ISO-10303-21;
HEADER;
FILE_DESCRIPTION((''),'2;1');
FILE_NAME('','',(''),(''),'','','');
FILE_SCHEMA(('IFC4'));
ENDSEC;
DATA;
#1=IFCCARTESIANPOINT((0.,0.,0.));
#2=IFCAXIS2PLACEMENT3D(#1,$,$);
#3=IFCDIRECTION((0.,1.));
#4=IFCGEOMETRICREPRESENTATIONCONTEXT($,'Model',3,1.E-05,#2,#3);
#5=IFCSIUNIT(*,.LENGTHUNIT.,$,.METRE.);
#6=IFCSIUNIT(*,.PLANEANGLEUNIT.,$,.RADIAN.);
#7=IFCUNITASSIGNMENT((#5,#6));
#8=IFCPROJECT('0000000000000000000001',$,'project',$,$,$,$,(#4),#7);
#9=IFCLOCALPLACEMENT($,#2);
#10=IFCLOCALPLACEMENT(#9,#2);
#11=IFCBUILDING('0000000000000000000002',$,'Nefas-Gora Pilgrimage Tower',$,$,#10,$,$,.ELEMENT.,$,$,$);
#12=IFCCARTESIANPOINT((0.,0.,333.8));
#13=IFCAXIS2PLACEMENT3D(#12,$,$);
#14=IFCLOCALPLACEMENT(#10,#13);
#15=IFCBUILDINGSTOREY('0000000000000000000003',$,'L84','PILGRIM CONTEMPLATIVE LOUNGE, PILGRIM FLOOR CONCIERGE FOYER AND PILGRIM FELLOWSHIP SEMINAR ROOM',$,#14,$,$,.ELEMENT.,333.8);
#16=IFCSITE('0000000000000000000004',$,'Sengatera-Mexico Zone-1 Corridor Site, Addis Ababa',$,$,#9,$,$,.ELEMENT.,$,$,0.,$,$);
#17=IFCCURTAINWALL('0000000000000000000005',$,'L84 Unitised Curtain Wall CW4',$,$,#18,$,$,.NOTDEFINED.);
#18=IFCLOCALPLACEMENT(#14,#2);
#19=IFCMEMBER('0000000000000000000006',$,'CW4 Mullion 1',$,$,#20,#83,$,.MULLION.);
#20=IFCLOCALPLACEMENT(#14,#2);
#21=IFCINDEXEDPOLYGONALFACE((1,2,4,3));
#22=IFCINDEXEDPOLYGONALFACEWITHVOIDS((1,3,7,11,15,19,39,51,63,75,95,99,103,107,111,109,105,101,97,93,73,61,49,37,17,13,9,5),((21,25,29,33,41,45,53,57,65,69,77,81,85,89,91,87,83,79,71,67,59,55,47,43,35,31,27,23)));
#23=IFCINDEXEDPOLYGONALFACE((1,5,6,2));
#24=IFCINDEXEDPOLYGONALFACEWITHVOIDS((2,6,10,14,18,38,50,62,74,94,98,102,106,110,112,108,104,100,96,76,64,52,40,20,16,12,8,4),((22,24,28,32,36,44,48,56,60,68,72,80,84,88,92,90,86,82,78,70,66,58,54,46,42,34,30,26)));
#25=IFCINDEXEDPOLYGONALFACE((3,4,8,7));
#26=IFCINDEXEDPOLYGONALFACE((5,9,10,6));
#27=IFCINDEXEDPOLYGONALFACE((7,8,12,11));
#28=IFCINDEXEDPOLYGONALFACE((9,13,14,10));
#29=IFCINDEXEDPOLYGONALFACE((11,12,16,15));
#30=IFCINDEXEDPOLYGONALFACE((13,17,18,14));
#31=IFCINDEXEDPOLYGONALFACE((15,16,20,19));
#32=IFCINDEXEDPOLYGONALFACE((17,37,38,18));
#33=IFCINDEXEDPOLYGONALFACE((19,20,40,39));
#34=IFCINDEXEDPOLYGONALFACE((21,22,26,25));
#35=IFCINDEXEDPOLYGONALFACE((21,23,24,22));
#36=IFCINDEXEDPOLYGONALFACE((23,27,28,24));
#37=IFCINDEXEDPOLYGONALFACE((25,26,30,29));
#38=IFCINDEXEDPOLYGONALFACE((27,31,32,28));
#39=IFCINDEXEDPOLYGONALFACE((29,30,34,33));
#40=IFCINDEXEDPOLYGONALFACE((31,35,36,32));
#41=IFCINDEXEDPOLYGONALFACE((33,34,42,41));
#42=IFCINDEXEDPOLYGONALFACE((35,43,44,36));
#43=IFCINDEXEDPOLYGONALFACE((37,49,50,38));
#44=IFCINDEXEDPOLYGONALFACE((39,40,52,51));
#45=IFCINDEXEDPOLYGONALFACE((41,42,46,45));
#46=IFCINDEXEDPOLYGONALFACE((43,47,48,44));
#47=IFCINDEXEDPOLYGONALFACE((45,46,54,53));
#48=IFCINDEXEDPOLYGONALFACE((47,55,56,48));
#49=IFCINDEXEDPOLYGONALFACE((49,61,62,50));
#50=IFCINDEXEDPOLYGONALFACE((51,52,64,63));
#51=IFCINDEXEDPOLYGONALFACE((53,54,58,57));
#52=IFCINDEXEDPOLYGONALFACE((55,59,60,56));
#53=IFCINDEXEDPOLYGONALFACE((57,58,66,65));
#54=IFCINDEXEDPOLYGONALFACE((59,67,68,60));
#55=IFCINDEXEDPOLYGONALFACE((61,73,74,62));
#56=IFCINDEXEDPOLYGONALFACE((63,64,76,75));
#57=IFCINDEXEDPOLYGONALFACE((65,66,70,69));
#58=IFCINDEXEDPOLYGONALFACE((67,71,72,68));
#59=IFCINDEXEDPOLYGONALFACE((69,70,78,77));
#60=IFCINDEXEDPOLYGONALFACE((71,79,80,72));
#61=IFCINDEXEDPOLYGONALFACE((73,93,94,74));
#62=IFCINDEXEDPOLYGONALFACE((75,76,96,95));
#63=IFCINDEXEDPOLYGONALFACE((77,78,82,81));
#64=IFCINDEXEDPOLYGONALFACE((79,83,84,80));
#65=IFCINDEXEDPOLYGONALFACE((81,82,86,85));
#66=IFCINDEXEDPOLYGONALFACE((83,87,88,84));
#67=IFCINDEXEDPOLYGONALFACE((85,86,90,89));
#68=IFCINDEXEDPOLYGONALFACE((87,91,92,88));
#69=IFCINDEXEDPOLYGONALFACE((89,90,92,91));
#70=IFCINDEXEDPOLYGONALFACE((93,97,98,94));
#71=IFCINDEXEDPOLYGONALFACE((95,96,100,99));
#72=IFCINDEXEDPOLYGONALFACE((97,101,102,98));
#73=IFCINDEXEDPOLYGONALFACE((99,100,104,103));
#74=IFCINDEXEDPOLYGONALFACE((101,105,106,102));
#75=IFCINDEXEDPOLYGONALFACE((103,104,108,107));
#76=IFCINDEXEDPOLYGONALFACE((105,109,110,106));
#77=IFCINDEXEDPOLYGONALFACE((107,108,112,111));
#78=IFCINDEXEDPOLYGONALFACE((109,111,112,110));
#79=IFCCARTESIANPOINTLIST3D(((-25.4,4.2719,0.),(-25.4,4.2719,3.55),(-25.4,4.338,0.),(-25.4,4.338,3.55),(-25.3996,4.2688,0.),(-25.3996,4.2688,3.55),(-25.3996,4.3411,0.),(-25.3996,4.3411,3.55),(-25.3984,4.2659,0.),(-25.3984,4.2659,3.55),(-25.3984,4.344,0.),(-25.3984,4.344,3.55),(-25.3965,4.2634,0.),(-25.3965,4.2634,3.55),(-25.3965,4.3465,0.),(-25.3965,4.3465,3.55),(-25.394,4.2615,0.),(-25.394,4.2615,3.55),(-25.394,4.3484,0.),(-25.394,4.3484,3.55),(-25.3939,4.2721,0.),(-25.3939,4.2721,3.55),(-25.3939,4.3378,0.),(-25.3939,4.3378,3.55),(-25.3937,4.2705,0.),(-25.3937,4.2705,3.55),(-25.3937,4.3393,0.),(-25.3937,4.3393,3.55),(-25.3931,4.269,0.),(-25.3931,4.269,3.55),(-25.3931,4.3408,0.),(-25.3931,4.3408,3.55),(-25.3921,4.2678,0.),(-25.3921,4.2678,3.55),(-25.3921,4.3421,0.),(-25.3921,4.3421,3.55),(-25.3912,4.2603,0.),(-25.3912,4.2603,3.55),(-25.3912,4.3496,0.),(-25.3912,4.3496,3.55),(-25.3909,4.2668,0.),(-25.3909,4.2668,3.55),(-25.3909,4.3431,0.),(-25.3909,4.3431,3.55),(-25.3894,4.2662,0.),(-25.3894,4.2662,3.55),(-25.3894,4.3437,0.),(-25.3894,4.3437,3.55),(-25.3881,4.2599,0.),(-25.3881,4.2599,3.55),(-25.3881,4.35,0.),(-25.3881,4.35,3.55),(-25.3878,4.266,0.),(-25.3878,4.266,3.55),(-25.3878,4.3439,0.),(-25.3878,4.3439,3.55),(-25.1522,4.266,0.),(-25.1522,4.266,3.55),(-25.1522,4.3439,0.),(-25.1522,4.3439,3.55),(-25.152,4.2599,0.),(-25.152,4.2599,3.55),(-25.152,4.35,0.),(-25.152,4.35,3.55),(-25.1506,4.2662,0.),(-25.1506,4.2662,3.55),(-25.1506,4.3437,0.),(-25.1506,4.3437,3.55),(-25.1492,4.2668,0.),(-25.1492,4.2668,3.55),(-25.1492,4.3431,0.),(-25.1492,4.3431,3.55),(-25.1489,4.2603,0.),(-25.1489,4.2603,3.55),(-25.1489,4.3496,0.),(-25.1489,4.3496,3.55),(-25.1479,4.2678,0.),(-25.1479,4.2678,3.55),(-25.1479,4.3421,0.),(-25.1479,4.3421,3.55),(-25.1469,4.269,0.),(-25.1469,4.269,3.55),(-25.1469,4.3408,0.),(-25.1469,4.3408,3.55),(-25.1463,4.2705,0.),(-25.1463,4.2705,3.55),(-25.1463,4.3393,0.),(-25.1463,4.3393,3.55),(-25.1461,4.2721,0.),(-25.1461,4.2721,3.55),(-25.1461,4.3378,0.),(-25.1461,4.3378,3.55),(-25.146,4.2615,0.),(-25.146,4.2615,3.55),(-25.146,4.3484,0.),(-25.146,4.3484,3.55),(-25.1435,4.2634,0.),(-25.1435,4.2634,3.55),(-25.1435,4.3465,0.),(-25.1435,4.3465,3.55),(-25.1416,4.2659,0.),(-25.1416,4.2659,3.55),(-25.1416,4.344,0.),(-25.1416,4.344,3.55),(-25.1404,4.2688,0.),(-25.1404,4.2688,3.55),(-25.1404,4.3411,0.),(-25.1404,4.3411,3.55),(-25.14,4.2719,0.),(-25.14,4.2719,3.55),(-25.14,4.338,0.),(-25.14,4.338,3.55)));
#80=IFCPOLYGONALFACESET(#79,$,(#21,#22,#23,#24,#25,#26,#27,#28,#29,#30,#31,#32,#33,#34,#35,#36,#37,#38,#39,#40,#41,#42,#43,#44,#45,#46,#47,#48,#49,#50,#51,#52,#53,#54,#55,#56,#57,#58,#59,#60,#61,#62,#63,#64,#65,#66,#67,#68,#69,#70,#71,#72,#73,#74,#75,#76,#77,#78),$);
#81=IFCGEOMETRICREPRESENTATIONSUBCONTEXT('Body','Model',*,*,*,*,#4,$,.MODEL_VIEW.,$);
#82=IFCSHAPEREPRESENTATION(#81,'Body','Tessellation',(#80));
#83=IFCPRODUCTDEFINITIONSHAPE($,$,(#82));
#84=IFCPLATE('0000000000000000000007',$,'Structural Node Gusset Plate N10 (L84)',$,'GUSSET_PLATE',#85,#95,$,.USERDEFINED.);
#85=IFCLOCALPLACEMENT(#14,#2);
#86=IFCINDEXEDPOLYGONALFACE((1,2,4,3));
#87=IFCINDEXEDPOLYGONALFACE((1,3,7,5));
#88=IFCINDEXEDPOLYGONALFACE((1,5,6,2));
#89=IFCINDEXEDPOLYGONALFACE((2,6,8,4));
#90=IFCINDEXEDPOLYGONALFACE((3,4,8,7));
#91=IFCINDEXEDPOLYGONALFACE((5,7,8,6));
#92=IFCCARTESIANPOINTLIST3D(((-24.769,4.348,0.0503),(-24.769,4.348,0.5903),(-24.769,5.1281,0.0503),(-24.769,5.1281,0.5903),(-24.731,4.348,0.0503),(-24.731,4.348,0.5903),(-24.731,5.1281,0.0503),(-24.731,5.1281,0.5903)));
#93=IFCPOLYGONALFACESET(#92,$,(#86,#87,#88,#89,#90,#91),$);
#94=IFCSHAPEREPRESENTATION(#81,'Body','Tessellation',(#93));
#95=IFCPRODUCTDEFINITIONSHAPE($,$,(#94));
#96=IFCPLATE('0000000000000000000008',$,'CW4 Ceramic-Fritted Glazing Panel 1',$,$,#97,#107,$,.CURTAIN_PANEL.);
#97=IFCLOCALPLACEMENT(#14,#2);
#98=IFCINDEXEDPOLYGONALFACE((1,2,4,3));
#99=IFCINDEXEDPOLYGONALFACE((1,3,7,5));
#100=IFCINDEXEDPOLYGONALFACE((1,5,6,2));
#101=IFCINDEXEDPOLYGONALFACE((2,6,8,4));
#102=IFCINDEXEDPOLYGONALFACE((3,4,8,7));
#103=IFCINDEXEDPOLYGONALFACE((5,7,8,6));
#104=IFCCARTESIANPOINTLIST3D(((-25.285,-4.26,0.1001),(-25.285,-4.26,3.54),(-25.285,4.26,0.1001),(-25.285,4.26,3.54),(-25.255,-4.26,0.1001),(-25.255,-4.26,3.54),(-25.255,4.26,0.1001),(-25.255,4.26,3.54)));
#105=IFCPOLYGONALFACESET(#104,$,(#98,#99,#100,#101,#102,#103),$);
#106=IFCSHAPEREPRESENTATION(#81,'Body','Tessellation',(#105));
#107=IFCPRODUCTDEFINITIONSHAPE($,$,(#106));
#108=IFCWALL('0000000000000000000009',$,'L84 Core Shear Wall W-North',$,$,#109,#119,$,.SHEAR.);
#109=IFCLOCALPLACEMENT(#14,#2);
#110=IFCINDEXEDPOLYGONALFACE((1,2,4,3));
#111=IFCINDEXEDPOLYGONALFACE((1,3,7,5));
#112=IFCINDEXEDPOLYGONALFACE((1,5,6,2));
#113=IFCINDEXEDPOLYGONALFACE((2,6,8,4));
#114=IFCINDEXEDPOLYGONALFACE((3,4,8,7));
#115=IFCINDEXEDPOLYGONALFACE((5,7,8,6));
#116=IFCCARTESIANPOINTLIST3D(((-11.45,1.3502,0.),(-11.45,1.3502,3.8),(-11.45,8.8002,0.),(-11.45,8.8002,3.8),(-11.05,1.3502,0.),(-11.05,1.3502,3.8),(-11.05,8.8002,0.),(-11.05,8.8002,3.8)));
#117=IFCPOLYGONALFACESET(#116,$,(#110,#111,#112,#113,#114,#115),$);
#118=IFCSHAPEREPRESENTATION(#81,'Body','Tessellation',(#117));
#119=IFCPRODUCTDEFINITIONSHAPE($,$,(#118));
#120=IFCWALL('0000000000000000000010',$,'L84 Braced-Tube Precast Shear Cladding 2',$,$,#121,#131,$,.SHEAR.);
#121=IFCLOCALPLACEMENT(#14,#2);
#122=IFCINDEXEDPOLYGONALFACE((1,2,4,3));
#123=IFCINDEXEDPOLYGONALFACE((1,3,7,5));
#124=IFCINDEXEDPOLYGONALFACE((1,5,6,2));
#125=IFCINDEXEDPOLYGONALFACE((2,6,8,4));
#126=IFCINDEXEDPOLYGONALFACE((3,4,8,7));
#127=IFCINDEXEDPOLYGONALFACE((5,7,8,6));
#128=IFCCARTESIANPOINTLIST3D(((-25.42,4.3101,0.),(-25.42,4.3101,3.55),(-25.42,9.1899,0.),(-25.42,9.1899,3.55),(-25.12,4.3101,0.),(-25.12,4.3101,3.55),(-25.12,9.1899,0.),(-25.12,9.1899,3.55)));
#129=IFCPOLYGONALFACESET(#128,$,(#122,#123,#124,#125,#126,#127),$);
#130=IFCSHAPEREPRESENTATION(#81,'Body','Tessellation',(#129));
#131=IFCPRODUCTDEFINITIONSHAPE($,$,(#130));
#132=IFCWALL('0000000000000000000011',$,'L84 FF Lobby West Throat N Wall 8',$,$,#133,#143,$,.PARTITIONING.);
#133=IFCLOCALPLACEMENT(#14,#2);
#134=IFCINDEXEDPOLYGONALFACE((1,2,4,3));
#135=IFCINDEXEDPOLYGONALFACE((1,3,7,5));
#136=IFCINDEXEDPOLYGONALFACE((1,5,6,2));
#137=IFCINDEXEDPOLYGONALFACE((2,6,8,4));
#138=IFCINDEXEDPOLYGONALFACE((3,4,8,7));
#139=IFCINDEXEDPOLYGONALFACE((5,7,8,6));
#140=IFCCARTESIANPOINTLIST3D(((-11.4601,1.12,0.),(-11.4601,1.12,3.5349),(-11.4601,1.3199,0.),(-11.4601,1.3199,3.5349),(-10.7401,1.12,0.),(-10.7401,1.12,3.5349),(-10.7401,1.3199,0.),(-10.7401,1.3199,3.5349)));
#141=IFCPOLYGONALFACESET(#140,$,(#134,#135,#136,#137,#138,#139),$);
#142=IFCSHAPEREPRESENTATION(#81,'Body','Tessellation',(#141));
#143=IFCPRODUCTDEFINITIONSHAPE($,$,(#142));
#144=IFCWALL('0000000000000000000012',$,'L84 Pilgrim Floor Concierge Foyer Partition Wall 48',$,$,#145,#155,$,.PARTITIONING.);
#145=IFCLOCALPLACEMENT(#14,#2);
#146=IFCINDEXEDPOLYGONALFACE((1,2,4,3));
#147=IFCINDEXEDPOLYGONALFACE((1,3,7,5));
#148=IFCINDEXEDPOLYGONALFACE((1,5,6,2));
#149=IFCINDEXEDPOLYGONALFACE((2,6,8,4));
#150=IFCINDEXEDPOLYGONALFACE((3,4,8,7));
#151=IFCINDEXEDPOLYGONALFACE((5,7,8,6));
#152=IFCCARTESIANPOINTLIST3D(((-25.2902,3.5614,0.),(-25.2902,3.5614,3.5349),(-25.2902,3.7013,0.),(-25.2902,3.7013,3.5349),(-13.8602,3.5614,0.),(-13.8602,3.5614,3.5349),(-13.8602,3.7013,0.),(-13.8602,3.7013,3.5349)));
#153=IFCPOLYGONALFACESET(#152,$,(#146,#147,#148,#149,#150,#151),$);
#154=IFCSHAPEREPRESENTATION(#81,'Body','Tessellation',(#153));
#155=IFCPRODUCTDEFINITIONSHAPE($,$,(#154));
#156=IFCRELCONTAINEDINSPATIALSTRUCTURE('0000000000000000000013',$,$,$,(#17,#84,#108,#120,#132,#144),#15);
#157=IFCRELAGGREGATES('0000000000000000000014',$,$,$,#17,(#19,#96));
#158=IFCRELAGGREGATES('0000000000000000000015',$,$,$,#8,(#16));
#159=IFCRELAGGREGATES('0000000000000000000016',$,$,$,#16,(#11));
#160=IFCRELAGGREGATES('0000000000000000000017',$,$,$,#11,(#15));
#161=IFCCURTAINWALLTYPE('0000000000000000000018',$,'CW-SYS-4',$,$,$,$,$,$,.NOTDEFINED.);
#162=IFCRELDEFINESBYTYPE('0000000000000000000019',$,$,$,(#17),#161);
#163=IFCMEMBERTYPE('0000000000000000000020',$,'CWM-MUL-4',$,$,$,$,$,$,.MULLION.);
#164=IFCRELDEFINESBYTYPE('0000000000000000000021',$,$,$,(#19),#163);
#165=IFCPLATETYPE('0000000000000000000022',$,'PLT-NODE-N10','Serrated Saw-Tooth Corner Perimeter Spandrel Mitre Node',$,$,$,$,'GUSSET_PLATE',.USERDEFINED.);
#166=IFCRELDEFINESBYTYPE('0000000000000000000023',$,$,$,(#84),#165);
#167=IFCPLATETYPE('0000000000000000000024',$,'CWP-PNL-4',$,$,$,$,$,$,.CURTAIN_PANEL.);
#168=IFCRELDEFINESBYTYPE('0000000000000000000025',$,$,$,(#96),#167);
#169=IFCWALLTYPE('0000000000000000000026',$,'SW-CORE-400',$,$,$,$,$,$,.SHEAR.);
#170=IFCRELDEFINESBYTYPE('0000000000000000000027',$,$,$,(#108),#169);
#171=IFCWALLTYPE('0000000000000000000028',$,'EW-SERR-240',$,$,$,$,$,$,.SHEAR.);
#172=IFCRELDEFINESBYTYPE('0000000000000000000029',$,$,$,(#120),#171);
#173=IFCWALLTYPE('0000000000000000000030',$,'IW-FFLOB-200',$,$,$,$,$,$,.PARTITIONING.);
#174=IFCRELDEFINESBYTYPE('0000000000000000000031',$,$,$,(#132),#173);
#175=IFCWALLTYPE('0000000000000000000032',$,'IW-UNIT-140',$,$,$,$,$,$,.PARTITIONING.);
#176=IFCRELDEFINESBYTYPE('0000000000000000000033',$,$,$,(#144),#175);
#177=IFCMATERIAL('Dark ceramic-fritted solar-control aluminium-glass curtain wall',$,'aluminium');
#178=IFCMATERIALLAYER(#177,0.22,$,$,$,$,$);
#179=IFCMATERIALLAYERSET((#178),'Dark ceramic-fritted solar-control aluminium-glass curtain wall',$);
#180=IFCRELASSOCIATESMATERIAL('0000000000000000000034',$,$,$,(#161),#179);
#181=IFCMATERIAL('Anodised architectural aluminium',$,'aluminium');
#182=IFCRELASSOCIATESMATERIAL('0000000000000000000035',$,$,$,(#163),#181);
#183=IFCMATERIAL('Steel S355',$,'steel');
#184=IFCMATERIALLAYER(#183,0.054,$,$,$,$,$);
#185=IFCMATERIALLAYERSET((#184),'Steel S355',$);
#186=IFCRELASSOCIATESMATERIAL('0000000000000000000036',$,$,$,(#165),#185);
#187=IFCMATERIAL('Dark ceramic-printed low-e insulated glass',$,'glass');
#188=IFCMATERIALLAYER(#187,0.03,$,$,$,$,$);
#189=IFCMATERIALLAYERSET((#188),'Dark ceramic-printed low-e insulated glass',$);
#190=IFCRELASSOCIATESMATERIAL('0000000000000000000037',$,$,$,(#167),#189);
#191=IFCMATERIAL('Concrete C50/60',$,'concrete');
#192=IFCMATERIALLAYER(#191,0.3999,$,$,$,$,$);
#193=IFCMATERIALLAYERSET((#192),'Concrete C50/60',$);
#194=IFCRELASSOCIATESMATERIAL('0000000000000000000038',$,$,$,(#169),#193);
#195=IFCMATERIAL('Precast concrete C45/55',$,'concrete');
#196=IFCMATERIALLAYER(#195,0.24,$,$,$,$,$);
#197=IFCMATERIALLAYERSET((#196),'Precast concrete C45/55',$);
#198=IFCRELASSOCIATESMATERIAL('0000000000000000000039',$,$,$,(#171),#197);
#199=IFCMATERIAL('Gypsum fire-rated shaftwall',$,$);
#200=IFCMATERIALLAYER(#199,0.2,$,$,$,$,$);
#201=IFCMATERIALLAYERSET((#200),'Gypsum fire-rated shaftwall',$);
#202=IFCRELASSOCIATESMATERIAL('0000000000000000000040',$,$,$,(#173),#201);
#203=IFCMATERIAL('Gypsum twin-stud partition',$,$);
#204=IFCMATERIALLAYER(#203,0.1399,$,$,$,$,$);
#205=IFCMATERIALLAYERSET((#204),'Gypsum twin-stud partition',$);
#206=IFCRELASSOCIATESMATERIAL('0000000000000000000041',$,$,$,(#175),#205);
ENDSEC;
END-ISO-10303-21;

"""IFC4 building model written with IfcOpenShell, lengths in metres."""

from ifc_helpers import new_model, si_unit, direction, frame, frame_2d, origin, origin_2d, place, context, subcontext, project, spatial, rectangle, hollow_rectangle, extrude, source, transform, mapped, material, layer, layer_set, material_profile, profile_set, type_object, element, aggregate, save


model = new_model("IFC4")

# Units and contexts
model_context = context("Model", 3, precision=1e-05, world=origin(), true_north=direction((0.0, 1.0)))
body_context = subcontext(model_context, "Body", "Model", "MODEL_VIEW")
ifc_project = project(units=[si_unit("LENGTHUNIT", "METRE"), si_unit("PLANEANGLEUNIT", "RADIAN")], contexts=[model_context])

# Site, building, storey
site_placement = place(None, origin())
site = spatial("IfcSite", under=ifc_project, at=site_placement, Name="Sengatera-Mexico Zone-1 Corridor Site, Addis Ababa", CompositionType="ELEMENT", RefElevation=0.0)
building_placement = place(site_placement, origin())
building = spatial("IfcBuilding", under=site, at=building_placement, Name="Nefas-Gora Pilgrimage Tower", CompositionType="ELEMENT")
storey_placement = place(building_placement, frame((0.0, 0.0, 333.8)))
storey = spatial("IfcBuildingStorey", under=building, at=storey_placement, Name="L84", Description="PILGRIM CONTEMPLATIVE LOUNGE, PILGRIM FLOOR CONCIERGE FOYER AND PILGRIM FELLOWSHIP SEMINAR ROOM", CompositionType="ELEMENT", Elevation=333.8)

# Shared definitions
ifc_material_1 = material(Name="Steel S355", Category="steel")

# Curtain wall, member
ifc_material_2 = material(Name="Dark ceramic-fritted solar-control aluminium-glass curtain wall", Category="aluminium")
ifc_layer_1 = layer(ifc_material_2, 0.22)
ifc_layer_set_1 = layer_set([ifc_layer_1], Name="Dark ceramic-fritted solar-control aluminium-glass curtain wall")
curtain_wall_type = type_object("IfcCurtainWallType", Name="CW-SYS-4", PredefinedType="NOTDEFINED", material=ifc_layer_set_1)
curtain_wall_placement = place(storey_placement, origin())
curtain_wall = element("IfcCurtainWall", 1, at=curtain_wall_placement, inside=storey, type_object=curtain_wall_type, Name="L84 Unitised Curtain Wall CW4", PredefinedType="NOTDEFINED")
ifc_material_3 = material(Name="Anodised architectural aluminium", Category="aluminium")
ifc_material_profile_1 = material_profile(ifc_material_3, hollow_rectangle(XDim=0.0901, YDim=0.26, WallThickness=0.0061, InnerFilletRadius=0.0061, OuterFilletRadius=0.012, at=origin_2d()), Name="ALU MULLION 90x260")
ifc_profile_set_1 = profile_set([ifc_material_profile_1], Name="Anodised architectural aluminium")
member_type_1 = type_object("IfcMemberType", Name="CWM-MUL-4", PredefinedType="MULLION", material=ifc_profile_set_1)
shared_shape_1 = source(origin(), body_context, "Body", "SweptSolid", [
    extrude(hollow_rectangle(XDim=0.0901, YDim=0.26, WallThickness=0.0061, InnerFilletRadius=0.0061, OuterFilletRadius=0.012, at=origin_2d()), origin(), (0.0, 0.0, 1.0), 3.55),
])
member_1_placement = place(storey_placement, frame((-25.27, 4.3049, 0.0), z_axis=(0.0, 0.0, 1.0), x_axis=(0.0, -1.0, 0.0)))
member_1 = element("IfcMember", 2, at=member_1_placement, type_object=member_type_1, Name="CW4 Mullion 1", PredefinedType="MULLION", context=body_context, shape_type="MappedRepresentation", body=[
    mapped(shared_shape_1, transform((0.0, 0.0, 0.0), x_axis=(1.0, 0.0, 0.0), y_axis=(0.0, 1.0, 0.0), z_axis=(0.0, 0.0, 1.0), scale=1.0)),
])

# Plates
ifc_layer_2 = layer(ifc_material_1, 0.054)
ifc_layer_set_2 = layer_set([ifc_layer_2], Name="Steel S355")
plate_type_1 = type_object("IfcPlateType", Name="PLT-NODE-N10", Description="Serrated Saw-Tooth Corner Perimeter Spandrel Mitre Node", ElementType="GUSSET_PLATE", PredefinedType="USERDEFINED", material=ifc_layer_set_2)
shared_shape_2 = source(origin(), body_context, "Body", "SweptSolid", [
    extrude(rectangle(XDim=0.78, YDim=0.0381, at=origin_2d()), origin(), (0.0, 0.0, 1.0), 0.54),
])
plate_1_placement = place(storey_placement, frame((-24.75, 4.738, 0.0503), z_axis=(0.0, 0.0, 1.0), x_axis=(0.0, 1.0, 0.0)))
element("IfcPlate", 3, at=plate_1_placement, inside=storey, type_object=plate_type_1, Name="Structural Node Gusset Plate N10 (L84)", ObjectType="GUSSET_PLATE", PredefinedType="USERDEFINED", context=body_context, shape_type="MappedRepresentation", body=[
    mapped(shared_shape_2, transform((0.0, 0.0, 0.0), x_axis=(1.0, 0.0, 0.0), y_axis=(0.0, 1.0, 0.0), z_axis=(0.0, 0.0, 1.0), scale=1.0)),
])
ifc_material_4 = material(Name="Dark ceramic-printed low-e insulated glass", Category="glass")
ifc_layer_3 = layer(ifc_material_4, 0.03)
ifc_layer_set_3 = layer_set([ifc_layer_3], Name="Dark ceramic-printed low-e insulated glass")
plate_type_2 = type_object("IfcPlateType", Name="CWP-PNL-4", PredefinedType="CURTAIN_PANEL", material=ifc_layer_set_3)
shared_shape_3 = source(origin(), body_context, "Body", "SweptSolid", [
    extrude(rectangle(XDim=8.52, YDim=0.03, at=origin_2d()), origin(), (0.0, 0.0, 1.0), 3.4399),
])
plate_2_placement = place(storey_placement, frame((-25.27, 0.0, 0.1001), z_axis=(0.0, 0.0, 1.0), x_axis=(0.0, -1.0, 0.0)))
plate_2 = element("IfcPlate", 4, at=plate_2_placement, type_object=plate_type_2, Name="CW4 Ceramic-Fritted Glazing Panel 1", PredefinedType="CURTAIN_PANEL", context=body_context, shape_type="MappedRepresentation", body=[
    mapped(shared_shape_3, transform((0.0, 0.0, 0.0), x_axis=(1.0, 0.0, 0.0), y_axis=(0.0, 1.0, 0.0), z_axis=(0.0, 0.0, 1.0), scale=1.0)),
])
aggregate(curtain_wall, [member_1, plate_2])

# Walls
ifc_material_5 = material(Name="Concrete C50/60", Category="concrete")
ifc_layer_4 = layer(ifc_material_5, 0.3999)
ifc_layer_set_4 = layer_set([ifc_layer_4], Name="Concrete C50/60")
wall_type_1 = type_object("IfcWallType", Name="SW-CORE-400", PredefinedType="SHEAR", material=ifc_layer_set_4)
shared_shape_4 = source(origin(), body_context, "Body", "SweptSolid", [
    extrude(rectangle(XDim=7.45, YDim=0.3999, at=frame_2d((3.7251, 0.0))), origin(), (0.0, 0.0, 1.0), 3.8),
])
wall_1_placement = place(storey_placement, frame((-11.25, 1.3501, 0.0), z_axis=(0.0, 0.0, 1.0), x_axis=(0.0, 1.0, 0.0)))
element("IfcWall", 5, at=wall_1_placement, inside=storey, type_object=wall_type_1, Name="L84 Core Shear Wall W-North", PredefinedType="SHEAR", context=body_context, shape_type="MappedRepresentation", body=[
    mapped(shared_shape_4, transform((0.0, 0.0, 0.0), x_axis=(1.0, 0.0, 0.0), y_axis=(0.0, 1.0, 0.0), z_axis=(0.0, 0.0, 1.0), scale=1.0)),
])
ifc_material_6 = material(Name="Precast concrete C45/55", Category="concrete")
ifc_layer_5 = layer(ifc_material_6, 0.24)
ifc_layer_set_5 = layer_set([ifc_layer_5], Name="Precast concrete C45/55")
wall_type_2 = type_object("IfcWallType", Name="EW-SERR-240", PredefinedType="SHEAR", material=ifc_layer_set_5)
shared_shape_5 = source(origin(), body_context, "Body", "SweptSolid", [
    extrude(rectangle(XDim=4.8799, YDim=0.3, at=frame_2d((2.4399, 0.0))), origin(), (0.0, 0.0, 1.0), 3.55),
])
wall_2_placement = place(storey_placement, frame((-25.27, 4.3101, 0.0), z_axis=(0.0, 0.0, 1.0), x_axis=(0.0, 1.0, 0.0)))
element("IfcWall", 6, at=wall_2_placement, inside=storey, type_object=wall_type_2, Name="L84 Braced-Tube Precast Shear Cladding 2", PredefinedType="SHEAR", context=body_context, shape_type="MappedRepresentation", body=[
    mapped(shared_shape_5, transform((0.0, 0.0, 0.0), x_axis=(1.0, 0.0, 0.0), y_axis=(0.0, 1.0, 0.0), z_axis=(0.0, 0.0, 1.0), scale=1.0)),
])
ifc_material_7 = material(Name="Gypsum fire-rated shaftwall")
ifc_layer_6 = layer(ifc_material_7, 0.2)
ifc_layer_set_6 = layer_set([ifc_layer_6], Name="Gypsum fire-rated shaftwall")
wall_type_3 = type_object("IfcWallType", Name="IW-FFLOB-200", PredefinedType="PARTITIONING", material=ifc_layer_set_6)
shared_shape_6 = source(origin(), body_context, "Body", "SweptSolid", [
    extrude(rectangle(XDim=0.72, YDim=0.2, at=frame_2d((0.3599, 0.0))), origin(), (0.0, 0.0, 1.0), 3.5349),
])
wall_3_placement = place(storey_placement, frame((-11.46, 1.22, 0.0), z_axis=(0.0, 0.0, 1.0), x_axis=(1.0, 0.0, 0.0)))
element("IfcWall", 7, at=wall_3_placement, inside=storey, type_object=wall_type_3, Name="L84 FF Lobby West Throat N Wall 8", PredefinedType="PARTITIONING", context=body_context, shape_type="MappedRepresentation", body=[
    mapped(shared_shape_6, transform((0.0, 0.0, 0.0), x_axis=(1.0, 0.0, 0.0), y_axis=(0.0, 1.0, 0.0), z_axis=(0.0, 0.0, 1.0), scale=1.0)),
])
ifc_material_8 = material(Name="Gypsum twin-stud partition")
ifc_layer_7 = layer(ifc_material_8, 0.1399)
ifc_layer_set_7 = layer_set([ifc_layer_7], Name="Gypsum twin-stud partition")
wall_type_4 = type_object("IfcWallType", Name="IW-UNIT-140", PredefinedType="PARTITIONING", material=ifc_layer_set_7)
shared_shape_7 = source(origin(), body_context, "Body", "SweptSolid", [
    extrude(rectangle(XDim=11.4299, YDim=0.1399, at=frame_2d((5.7148, 0.0))), origin(), (0.0, 0.0, 1.0), 3.5349),
])
wall_4_placement = place(storey_placement, frame((-25.29, 3.6313, 0.0), z_axis=(0.0, 0.0, 1.0), x_axis=(1.0, 0.0, 0.0)))
element("IfcWall", 8, at=wall_4_placement, inside=storey, type_object=wall_type_4, Name="L84 Pilgrim Floor Concierge Foyer Partition Wall 48", PredefinedType="PARTITIONING", context=body_context, shape_type="MappedRepresentation", body=[
    mapped(shared_shape_7, transform((0.0, 0.0, 0.0), x_axis=(1.0, 0.0, 0.0), y_axis=(0.0, 1.0, 0.0), z_axis=(0.0, 0.0, 1.0), scale=1.0)),
])

save(model, "model.ifc")
